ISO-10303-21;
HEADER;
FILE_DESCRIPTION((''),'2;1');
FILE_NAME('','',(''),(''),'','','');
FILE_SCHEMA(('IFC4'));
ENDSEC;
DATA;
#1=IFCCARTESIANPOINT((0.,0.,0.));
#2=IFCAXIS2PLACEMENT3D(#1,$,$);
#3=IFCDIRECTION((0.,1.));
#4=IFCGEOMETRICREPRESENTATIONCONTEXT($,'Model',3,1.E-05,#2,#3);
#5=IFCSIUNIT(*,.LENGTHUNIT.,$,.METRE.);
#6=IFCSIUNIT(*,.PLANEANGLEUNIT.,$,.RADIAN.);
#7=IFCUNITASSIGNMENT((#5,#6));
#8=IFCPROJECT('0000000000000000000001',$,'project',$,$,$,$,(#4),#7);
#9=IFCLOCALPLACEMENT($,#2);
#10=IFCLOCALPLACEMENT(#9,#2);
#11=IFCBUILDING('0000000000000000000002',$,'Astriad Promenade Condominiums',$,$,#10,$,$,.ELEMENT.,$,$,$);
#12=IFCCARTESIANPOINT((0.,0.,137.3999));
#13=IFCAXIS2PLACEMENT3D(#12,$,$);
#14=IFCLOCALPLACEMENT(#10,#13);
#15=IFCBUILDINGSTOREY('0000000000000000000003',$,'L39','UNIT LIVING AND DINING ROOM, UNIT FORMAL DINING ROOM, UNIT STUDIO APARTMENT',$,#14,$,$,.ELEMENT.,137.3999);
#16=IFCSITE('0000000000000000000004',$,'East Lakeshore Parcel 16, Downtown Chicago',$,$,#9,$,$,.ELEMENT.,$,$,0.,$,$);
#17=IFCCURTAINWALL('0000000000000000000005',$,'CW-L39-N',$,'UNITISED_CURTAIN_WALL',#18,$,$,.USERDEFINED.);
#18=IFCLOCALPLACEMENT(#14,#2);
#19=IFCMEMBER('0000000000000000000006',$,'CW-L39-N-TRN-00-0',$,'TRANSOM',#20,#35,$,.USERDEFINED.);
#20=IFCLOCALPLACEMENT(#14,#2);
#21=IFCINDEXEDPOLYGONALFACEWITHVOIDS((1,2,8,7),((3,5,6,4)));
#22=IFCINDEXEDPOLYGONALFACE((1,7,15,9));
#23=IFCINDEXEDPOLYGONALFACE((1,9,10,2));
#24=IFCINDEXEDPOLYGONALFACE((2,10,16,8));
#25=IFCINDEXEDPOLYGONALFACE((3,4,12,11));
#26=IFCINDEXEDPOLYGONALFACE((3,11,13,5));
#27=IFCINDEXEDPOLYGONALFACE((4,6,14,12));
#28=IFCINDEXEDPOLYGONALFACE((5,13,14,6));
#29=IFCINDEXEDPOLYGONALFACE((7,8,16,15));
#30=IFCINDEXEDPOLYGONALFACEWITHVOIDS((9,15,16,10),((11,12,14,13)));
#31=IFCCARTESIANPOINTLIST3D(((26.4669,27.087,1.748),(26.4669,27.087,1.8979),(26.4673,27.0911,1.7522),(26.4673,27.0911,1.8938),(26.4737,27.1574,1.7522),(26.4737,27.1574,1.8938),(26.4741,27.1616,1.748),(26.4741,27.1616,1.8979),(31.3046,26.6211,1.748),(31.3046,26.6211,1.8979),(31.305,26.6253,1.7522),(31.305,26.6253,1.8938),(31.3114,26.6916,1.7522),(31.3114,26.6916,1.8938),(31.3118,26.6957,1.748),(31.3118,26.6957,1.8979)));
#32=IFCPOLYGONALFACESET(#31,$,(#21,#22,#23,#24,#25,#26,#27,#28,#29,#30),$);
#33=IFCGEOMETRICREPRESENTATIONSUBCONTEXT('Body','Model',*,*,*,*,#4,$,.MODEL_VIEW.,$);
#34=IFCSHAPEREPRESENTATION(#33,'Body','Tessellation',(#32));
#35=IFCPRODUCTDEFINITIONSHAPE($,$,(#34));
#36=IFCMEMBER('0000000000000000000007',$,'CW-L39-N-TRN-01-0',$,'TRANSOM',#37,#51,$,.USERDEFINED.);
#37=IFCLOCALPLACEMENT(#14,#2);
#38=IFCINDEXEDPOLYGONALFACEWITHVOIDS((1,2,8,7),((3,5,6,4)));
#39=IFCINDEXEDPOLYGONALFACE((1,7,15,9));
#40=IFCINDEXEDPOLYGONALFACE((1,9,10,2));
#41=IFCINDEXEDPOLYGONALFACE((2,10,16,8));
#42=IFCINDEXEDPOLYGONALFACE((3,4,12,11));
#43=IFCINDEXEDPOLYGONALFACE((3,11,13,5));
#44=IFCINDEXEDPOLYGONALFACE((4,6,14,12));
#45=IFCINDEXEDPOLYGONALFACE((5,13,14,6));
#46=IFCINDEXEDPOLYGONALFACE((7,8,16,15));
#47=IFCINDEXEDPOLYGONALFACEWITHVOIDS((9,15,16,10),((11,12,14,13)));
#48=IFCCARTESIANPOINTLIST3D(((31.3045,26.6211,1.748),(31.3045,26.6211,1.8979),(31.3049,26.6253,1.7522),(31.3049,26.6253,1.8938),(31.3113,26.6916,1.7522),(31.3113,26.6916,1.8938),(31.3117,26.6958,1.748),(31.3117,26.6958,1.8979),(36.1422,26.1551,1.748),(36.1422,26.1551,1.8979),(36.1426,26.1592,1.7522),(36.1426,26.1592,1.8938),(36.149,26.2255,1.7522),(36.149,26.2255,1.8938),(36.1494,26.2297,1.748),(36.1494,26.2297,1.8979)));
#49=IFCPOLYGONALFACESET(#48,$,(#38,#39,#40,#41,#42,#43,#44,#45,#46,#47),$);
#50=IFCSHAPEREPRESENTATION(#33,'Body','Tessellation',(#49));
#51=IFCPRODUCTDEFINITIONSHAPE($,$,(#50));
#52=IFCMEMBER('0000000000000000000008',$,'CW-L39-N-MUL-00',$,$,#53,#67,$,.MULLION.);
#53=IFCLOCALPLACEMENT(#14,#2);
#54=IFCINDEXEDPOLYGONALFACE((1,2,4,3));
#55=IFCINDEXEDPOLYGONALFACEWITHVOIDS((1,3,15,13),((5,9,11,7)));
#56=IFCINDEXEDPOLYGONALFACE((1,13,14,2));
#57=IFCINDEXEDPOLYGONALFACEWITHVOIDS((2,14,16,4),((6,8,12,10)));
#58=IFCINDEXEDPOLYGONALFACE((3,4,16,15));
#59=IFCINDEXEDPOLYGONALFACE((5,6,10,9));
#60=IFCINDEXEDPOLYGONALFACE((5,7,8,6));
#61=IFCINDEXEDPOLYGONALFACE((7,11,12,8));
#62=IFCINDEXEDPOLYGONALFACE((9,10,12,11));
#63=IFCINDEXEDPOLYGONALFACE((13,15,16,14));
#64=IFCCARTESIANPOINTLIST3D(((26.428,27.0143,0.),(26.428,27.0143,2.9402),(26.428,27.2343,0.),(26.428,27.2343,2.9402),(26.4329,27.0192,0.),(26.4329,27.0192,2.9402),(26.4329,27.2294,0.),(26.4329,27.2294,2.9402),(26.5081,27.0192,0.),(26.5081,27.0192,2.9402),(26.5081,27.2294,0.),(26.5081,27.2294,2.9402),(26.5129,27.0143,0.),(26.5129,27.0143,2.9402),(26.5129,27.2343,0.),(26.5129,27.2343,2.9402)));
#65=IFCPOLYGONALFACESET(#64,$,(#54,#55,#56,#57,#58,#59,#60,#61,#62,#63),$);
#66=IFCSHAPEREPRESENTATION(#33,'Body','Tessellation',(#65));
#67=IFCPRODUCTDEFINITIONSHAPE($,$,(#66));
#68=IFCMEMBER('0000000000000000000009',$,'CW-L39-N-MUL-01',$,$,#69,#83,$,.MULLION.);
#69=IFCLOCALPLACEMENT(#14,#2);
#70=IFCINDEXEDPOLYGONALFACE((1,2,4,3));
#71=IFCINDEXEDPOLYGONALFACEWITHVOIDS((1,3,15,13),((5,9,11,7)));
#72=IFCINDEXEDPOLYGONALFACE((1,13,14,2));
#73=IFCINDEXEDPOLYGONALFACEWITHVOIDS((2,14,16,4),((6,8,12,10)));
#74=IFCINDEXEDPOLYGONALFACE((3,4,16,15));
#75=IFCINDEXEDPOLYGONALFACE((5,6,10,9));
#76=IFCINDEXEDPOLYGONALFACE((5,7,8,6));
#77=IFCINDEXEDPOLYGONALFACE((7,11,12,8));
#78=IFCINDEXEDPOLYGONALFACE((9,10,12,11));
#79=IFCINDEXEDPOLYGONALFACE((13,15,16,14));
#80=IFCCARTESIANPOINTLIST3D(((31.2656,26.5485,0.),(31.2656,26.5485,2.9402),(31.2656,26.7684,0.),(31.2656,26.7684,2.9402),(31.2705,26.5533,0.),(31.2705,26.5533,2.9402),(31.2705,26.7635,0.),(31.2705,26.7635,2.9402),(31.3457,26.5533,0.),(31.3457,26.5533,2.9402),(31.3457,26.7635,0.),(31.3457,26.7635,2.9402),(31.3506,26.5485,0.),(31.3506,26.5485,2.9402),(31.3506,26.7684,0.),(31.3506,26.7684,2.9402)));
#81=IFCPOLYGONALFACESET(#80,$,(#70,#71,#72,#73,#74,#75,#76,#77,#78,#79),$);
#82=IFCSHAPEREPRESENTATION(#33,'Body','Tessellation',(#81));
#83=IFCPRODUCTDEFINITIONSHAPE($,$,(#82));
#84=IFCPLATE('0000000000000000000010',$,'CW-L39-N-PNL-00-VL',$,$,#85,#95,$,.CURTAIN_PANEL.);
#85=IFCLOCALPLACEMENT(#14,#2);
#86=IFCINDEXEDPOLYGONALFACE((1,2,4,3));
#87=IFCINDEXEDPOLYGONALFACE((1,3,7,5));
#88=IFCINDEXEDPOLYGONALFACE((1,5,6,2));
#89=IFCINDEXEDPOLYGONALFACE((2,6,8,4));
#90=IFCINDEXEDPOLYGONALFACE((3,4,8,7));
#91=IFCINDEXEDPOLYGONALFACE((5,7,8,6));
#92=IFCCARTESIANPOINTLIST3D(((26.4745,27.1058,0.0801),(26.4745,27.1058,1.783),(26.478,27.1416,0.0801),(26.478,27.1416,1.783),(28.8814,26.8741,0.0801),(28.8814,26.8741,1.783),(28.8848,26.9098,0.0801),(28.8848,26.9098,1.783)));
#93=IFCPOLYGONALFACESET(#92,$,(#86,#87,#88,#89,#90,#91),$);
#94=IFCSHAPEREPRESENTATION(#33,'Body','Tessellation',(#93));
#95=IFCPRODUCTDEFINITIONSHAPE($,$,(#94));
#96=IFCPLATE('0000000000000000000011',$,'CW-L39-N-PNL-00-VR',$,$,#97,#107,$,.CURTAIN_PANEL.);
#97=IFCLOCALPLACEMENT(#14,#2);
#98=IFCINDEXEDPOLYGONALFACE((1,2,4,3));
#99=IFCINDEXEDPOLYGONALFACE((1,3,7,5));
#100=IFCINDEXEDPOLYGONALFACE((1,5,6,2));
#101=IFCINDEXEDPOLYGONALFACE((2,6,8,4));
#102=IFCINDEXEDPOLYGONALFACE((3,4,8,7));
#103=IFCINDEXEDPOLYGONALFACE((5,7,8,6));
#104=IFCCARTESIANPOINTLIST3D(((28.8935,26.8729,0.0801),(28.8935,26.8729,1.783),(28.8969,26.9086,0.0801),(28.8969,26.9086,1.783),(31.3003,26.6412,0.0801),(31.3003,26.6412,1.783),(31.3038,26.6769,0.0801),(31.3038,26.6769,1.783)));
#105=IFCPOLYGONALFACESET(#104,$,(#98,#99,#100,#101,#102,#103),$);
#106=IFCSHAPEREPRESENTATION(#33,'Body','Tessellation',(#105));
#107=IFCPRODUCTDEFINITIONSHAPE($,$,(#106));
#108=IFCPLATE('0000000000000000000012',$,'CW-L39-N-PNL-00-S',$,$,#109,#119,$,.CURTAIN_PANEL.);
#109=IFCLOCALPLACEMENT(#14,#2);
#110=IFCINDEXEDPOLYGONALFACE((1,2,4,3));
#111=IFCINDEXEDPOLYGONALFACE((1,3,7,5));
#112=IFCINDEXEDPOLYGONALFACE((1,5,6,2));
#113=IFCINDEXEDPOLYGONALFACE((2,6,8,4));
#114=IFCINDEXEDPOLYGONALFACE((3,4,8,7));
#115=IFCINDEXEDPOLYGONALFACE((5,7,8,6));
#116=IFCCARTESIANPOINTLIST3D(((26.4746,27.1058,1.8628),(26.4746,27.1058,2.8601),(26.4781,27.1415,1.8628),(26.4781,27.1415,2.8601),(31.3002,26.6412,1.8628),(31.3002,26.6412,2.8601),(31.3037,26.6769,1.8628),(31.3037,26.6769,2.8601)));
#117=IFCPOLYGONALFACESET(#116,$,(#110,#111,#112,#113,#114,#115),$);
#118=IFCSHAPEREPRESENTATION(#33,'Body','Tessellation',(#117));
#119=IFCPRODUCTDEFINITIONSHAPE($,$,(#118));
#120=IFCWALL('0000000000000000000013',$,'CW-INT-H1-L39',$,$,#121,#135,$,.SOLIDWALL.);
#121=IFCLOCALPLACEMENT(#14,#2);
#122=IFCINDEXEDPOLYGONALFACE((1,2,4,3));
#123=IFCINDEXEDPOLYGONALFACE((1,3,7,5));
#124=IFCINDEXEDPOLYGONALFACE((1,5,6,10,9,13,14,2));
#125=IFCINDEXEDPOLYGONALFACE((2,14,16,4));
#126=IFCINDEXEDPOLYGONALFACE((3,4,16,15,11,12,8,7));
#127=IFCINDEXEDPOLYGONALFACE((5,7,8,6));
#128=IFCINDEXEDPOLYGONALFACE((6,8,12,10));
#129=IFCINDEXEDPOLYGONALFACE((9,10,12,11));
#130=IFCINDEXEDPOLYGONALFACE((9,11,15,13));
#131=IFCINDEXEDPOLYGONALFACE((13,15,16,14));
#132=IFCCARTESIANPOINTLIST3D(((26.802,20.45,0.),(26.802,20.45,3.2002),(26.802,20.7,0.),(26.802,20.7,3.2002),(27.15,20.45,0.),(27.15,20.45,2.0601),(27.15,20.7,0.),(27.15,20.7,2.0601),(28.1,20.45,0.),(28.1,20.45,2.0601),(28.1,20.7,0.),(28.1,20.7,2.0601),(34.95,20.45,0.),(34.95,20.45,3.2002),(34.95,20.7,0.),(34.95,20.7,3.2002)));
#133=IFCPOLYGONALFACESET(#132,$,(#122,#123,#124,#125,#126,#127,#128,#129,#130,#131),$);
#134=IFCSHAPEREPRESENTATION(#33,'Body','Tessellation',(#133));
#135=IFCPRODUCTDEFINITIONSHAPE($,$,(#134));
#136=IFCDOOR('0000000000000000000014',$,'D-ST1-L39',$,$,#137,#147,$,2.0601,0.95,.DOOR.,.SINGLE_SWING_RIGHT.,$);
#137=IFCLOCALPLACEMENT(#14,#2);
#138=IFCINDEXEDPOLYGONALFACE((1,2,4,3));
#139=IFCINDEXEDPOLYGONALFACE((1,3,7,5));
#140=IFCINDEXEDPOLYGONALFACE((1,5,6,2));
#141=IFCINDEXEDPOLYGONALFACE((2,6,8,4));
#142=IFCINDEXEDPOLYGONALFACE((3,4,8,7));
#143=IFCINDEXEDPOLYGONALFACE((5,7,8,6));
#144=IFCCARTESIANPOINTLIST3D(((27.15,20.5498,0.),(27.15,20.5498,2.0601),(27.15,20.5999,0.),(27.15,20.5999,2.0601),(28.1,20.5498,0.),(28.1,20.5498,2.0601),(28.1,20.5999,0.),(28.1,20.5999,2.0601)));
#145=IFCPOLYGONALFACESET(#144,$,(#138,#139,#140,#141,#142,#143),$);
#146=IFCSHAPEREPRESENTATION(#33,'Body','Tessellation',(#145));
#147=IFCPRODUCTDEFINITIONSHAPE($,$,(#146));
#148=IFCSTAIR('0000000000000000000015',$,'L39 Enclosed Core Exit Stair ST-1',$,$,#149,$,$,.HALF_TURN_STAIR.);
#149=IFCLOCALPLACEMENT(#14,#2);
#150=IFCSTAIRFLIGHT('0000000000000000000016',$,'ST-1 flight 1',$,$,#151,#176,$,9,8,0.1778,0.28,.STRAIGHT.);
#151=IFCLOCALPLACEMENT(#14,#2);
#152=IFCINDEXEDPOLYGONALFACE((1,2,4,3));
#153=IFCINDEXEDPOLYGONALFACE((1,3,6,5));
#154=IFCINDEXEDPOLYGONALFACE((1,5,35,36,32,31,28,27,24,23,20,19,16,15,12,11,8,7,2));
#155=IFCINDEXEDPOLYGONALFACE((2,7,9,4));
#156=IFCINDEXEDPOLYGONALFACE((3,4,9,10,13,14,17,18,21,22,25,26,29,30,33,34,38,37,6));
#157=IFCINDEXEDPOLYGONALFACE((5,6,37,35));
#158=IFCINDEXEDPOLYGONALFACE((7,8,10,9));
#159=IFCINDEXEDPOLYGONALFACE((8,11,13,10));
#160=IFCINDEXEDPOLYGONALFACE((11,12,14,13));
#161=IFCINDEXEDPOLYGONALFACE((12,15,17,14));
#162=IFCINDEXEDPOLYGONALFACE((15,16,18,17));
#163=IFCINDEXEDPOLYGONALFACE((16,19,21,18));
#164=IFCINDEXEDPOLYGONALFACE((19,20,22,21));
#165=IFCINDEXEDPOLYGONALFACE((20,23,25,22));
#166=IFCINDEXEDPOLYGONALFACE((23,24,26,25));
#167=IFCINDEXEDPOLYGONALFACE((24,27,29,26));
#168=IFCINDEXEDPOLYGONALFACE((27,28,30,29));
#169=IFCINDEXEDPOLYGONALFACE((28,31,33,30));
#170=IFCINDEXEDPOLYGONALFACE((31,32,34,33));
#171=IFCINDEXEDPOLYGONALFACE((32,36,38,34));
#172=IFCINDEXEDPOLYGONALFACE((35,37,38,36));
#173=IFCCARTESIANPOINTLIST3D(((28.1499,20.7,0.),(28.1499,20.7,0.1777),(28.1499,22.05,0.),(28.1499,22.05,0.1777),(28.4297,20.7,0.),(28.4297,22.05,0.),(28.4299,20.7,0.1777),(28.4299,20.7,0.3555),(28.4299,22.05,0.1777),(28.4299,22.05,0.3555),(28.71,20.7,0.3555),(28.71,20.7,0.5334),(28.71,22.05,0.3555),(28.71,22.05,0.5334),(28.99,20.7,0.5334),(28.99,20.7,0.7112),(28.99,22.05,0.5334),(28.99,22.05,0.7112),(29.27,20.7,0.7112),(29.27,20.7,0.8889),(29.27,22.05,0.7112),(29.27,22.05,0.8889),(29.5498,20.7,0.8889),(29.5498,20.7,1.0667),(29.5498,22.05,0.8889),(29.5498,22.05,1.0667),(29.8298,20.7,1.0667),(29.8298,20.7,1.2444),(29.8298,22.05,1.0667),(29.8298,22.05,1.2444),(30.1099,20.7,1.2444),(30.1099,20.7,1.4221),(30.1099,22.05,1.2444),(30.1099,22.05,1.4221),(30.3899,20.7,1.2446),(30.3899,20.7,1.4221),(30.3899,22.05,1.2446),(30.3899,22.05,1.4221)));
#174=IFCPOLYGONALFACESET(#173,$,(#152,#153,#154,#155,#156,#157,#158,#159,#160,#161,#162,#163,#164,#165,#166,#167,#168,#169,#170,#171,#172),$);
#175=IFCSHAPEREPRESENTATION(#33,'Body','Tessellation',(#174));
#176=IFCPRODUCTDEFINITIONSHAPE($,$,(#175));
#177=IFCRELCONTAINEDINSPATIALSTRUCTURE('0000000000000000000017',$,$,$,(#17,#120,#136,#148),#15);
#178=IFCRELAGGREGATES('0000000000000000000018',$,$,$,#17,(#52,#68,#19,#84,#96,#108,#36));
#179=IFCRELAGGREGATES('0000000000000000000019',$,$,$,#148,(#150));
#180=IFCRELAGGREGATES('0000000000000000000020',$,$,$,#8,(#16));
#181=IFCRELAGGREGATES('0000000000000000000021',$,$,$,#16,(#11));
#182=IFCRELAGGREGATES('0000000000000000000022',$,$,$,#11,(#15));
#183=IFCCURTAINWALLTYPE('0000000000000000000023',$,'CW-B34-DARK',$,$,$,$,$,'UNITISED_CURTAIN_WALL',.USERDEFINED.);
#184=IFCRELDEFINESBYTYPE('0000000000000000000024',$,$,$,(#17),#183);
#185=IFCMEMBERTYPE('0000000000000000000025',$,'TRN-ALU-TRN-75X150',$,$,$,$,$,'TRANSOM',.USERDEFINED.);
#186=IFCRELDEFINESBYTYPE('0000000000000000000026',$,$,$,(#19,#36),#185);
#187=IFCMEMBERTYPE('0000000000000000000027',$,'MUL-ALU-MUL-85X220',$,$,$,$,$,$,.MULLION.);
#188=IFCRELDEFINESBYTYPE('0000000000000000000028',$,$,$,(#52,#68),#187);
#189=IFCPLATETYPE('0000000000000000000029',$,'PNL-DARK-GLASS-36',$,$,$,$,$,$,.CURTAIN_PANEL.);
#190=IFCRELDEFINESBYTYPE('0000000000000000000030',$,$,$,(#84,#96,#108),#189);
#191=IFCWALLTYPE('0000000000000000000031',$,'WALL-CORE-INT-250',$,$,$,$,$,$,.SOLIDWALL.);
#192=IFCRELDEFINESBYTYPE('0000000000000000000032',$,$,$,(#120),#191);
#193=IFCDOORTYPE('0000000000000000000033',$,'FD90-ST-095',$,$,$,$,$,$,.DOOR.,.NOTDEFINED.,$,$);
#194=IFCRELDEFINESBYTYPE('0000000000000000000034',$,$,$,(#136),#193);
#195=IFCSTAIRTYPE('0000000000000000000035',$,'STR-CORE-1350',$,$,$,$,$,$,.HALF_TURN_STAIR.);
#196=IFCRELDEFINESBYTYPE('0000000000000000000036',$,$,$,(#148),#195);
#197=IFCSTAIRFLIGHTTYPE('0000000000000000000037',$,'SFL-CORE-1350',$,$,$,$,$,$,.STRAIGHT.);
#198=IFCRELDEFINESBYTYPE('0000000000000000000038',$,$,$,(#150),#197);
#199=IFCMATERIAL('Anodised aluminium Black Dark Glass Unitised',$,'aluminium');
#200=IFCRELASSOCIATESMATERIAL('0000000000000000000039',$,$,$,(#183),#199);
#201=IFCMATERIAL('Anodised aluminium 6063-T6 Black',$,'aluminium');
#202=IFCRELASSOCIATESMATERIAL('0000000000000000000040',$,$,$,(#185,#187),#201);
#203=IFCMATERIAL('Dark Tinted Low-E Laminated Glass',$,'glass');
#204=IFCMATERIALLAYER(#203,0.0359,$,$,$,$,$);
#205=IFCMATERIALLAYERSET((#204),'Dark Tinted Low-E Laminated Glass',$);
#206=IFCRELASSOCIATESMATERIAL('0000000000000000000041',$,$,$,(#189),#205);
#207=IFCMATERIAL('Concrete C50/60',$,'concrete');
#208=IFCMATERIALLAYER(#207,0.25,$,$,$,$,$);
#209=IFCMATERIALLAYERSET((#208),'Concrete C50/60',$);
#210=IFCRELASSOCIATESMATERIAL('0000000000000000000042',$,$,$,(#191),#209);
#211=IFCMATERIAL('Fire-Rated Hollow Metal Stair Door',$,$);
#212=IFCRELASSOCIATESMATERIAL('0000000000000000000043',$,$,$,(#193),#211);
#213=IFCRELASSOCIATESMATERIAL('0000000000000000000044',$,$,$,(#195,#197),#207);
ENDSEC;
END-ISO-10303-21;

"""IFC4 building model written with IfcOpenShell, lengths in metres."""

from ifc_helpers import new_model, si_unit, direction, frame, frame_2d, origin, origin_2d, place, context, subcontext, project, spatial, polyline, rectangle, hollow_rectangle, outline, extrude, source, transform, mapped, material, layer, layer_set, material_profile, profile_set, type_object, type_shapes, element, fill, aggregate, save


model = new_model("IFC4")

# Units and contexts
model_context = context("Model", 3, precision=1e-05, world=origin(), true_north=direction((0.0, 1.0)))
body_context = subcontext(model_context, "Body", "Model", "MODEL_VIEW")
ifc_project = project(units=[si_unit("LENGTHUNIT", "METRE"), si_unit("PLANEANGLEUNIT", "RADIAN")], contexts=[model_context])

# Site, building, storey
site_placement = place(None, origin())
site = spatial("IfcSite", under=ifc_project, at=site_placement, Name="East Lakeshore Parcel 16, Downtown Chicago", CompositionType="ELEMENT", RefElevation=0.0)
building_placement = place(site_placement, origin())
building = spatial("IfcBuilding", under=site, at=building_placement, Name="Astriad Promenade Condominiums", CompositionType="ELEMENT")
storey_placement = place(building_placement, frame((0.0, 0.0, 137.3999)))
storey = spatial("IfcBuildingStorey", under=building, at=storey_placement, Name="L39", Description="UNIT LIVING AND DINING ROOM, UNIT FORMAL DINING ROOM, UNIT STUDIO APARTMENT", CompositionType="ELEMENT", Elevation=137.3999)

# Curtain wall, members, plates
ifc_material_1 = material(Name="Anodised aluminium Black Dark Glass Unitised", Category="aluminium")
curtain_wall_type = type_object("IfcCurtainWallType", Name="CW-B34-DARK", ElementType="UNITISED_CURTAIN_WALL", PredefinedType="USERDEFINED", material=ifc_material_1)
curtain_wall_placement = place(storey_placement, origin())
curtain_wall = element("IfcCurtainWall", 1, at=curtain_wall_placement, inside=storey, type_object=curtain_wall_type, Name="CW-L39-N", ObjectType="UNITISED_CURTAIN_WALL", PredefinedType="USERDEFINED")
ifc_material_2 = material(Name="Anodised aluminium 6063-T6 Black", Category="aluminium")
ifc_material_profile_1 = material_profile(ifc_material_2, hollow_rectangle(XDim=0.075, YDim=0.1499, WallThickness=0.0042, at=origin_2d()), Name="ALU-TRN-75X150")
ifc_profile_set_1 = profile_set([ifc_material_profile_1], Name="Anodised aluminium 6063-T6 Black")
member_type_1 = type_object("IfcMemberType", Name="TRN-ALU-TRN-75X150", ElementType="TRANSOM", PredefinedType="USERDEFINED", material=ifc_profile_set_1)
shared_shape_1 = source(origin(), body_context, "Body", "SweptSolid", [
    extrude(hollow_rectangle(XDim=0.075, YDim=0.1499, WallThickness=0.0042, at=origin_2d()), origin(), (0.0, 0.0, 1.0), 4.8601),
])
type_shapes(member_type_1, [shared_shape_1])
member_1_placement = place(storey_placement, frame((26.4705, 27.1243, 1.823), z_axis=(0.995396, -0.095847, 0.0), x_axis=(0.095847, 0.995396, 0.0)))
member_1 = element("IfcMember", 2, at=member_1_placement, type_object=member_type_1, Name="CW-L39-N-TRN-00-0", ObjectType="TRANSOM", PredefinedType="USERDEFINED", context=body_context, shape_type="MappedRepresentation", body=[
    mapped(shared_shape_1, transform((0.0, 0.0, 0.0), scale=1.0)),
])
member_2_placement = place(storey_placement, frame((31.3081, 26.6584, 1.823), z_axis=(0.995391, -0.095897, 0.0), x_axis=(0.095897, 0.995391, 0.0)))
member_2 = element("IfcMember", 3, at=member_2_placement, type_object=member_type_1, Name="CW-L39-N-TRN-01-0", ObjectType="TRANSOM", PredefinedType="USERDEFINED", context=body_context, shape_type="MappedRepresentation", body=[
    mapped(shared_shape_1, transform((0.0, 0.0, 0.0), scale=1.0)),
])
ifc_material_profile_2 = material_profile(ifc_material_2, hollow_rectangle(XDim=0.085, YDim=0.22, WallThickness=0.0049, at=origin_2d()), Name="ALU-MUL-85X220")
ifc_profile_set_2 = profile_set([ifc_material_profile_2], Name="Anodised aluminium 6063-T6 Black")
member_type_2 = type_object("IfcMemberType", Name="MUL-ALU-MUL-85X220", PredefinedType="MULLION", material=ifc_profile_set_2)
shared_shape_2 = source(origin(), body_context, "Body", "SweptSolid", [
    extrude(hollow_rectangle(XDim=0.085, YDim=0.22, WallThickness=0.0049, at=origin_2d()), origin(), (0.0, 0.0, 1.0), 2.9402),
])
type_shapes(member_type_2, [shared_shape_2])
member_3_placement = place(storey_placement, frame((26.4705, 27.1243, 0.0), z_axis=(0.0, 0.0, 1.0), x_axis=(1.0, 0.0, 0.0)))
member_3 = element("IfcMember", 4, at=member_3_placement, type_object=member_type_2, Name="CW-L39-N-MUL-00", PredefinedType="MULLION", context=body_context, shape_type="MappedRepresentation", body=[
    mapped(shared_shape_2, transform((0.0, 0.0, 0.0), scale=1.0)),
])
member_4_placement = place(storey_placement, frame((31.3081, 26.6584, 0.0), z_axis=(0.0, 0.0, 1.0), x_axis=(1.0, 0.0, 0.0)))
member_4 = element("IfcMember", 5, at=member_4_placement, type_object=member_type_2, Name="CW-L39-N-MUL-01", PredefinedType="MULLION", context=body_context, shape_type="MappedRepresentation", body=[
    mapped(shared_shape_2, transform((0.0, 0.0, 0.0), scale=1.0)),
])
ifc_material_3 = material(Name="Dark Tinted Low-E Laminated Glass", Category="glass")
ifc_layer_1 = layer(ifc_material_3, 0.0359)
ifc_layer_set_1 = layer_set([ifc_layer_1], Name="Dark Tinted Low-E Laminated Glass")
plate_type = type_object("IfcPlateType", Name="PNL-DARK-GLASS-36", PredefinedType="CURTAIN_PANEL", material=ifc_layer_set_1)
shared_shape_3 = source(origin(), body_context, "Body", "SweptSolid", [
    extrude(rectangle(XDim=2.418, YDim=0.0359, at=origin_2d()), origin(), (0.0, 0.0, 1.0), 1.7029),
])
plate_1_placement = place(storey_placement, frame((27.6797, 27.0078, 0.0801), z_axis=(0.0, 0.0, 1.0), x_axis=(0.995396, -0.095846, 0.0)))
plate_1 = element("IfcPlate", 6, at=plate_1_placement, type_object=plate_type, Name="CW-L39-N-PNL-00-VL", PredefinedType="CURTAIN_PANEL", context=body_context, shape_type="MappedRepresentation", body=[
    mapped(shared_shape_3, transform((0.0, 0.0, 0.0), scale=1.0)),
])
plate_2_placement = place(storey_placement, frame((30.0986, 26.7749, 0.0801), z_axis=(0.0, 0.0, 1.0), x_axis=(0.995396, -0.095846, 0.0)))
plate_2 = element("IfcPlate", 7, at=plate_2_placement, type_object=plate_type, Name="CW-L39-N-PNL-00-VR", PredefinedType="CURTAIN_PANEL", context=body_context, shape_type="MappedRepresentation", body=[
    mapped(shared_shape_3, transform((0.0, 0.0, 0.0), scale=1.0)),
])
shared_shape_4 = source(origin(), body_context, "Body", "SweptSolid", [
    extrude(rectangle(XDim=4.8479, YDim=0.0359, at=origin_2d()), origin(), (0.0, 0.0, 1.0), 0.9973),
])
type_shapes(plate_type, [shared_shape_3, shared_shape_4])
plate_3_placement = place(storey_placement, frame((28.8892, 26.8914, 1.8628), z_axis=(0.0, 0.0, 1.0), x_axis=(0.995396, -0.095846, 0.0)))
plate_3 = element("IfcPlate", 8, at=plate_3_placement, type_object=plate_type, Name="CW-L39-N-PNL-00-S", PredefinedType="CURTAIN_PANEL", context=body_context, shape_type="MappedRepresentation", body=[
    mapped(shared_shape_4, transform((0.0, 0.0, 0.0), scale=1.0)),
])
aggregate(curtain_wall, [member_3, member_4, member_1, plate_1, plate_2, plate_3, member_2])

# Wall, opening, door
ifc_material_4 = material(Name="Concrete C50/60", Category="concrete")
ifc_layer_2 = layer(ifc_material_4, 0.25)
ifc_layer_set_2 = layer_set([ifc_layer_2], Name="Concrete C50/60")
wall_type = type_object("IfcWallType", Name="WALL-CORE-INT-250", PredefinedType="SOLIDWALL", material=ifc_layer_set_2)
wall_placement = place(storey_placement, frame((26.802, 20.575, 0.0), z_axis=(0.0, 0.0, 1.0), x_axis=(1.0, 0.0, 0.0)))
wall = element("IfcWall", 9, at=wall_placement, inside=storey, type_object=wall_type, Name="CW-INT-H1-L39", PredefinedType="SOLIDWALL", context=body_context, shape_type="SweptSolid", body=[
    extrude(rectangle(XDim=8.1479, YDim=0.25, at=frame_2d((4.074, 0.0))), origin(), (0.0, 0.0, 1.0), 3.2002),
])
opening_placement = place(wall_placement, frame((0.3479, 0.0, 0.0)))
opening = element("IfcOpeningElement", 10, at=opening_placement, cuts=wall, PredefinedType="OPENING", context=body_context, shape_type="SweptSolid", body=[
    extrude(rectangle(XDim=0.95, YDim=2.0601, at=frame_2d((0.4751, 1.03))), frame((0.0, 0.135, 0.0), z_axis=(0.0, -1.0, 0.0), x_axis=(1.0, 0.0, 0.0)), (0.0, 0.0, 1.0), 0.27),
])
ifc_material_5 = material(Name="Fire-Rated Hollow Metal Stair Door")
door_type = type_object("IfcDoorType", Name="FD90-ST-095", OperationType="NOTDEFINED", PredefinedType="DOOR", material=ifc_material_5)
shared_shape_5 = source(origin(), body_context, "Body", "SweptSolid", [
    extrude(rectangle(XDim=0.95, YDim=2.0601, at=frame_2d((0.4751, 1.03))), frame((0.0, 0.0249, 0.0), z_axis=(0.0, -1.0, 0.0), x_axis=(1.0, 0.0, 0.0)), (0.0, 0.0, 1.0), 0.05),
])
type_shapes(door_type, [shared_shape_5])
door_placement = place(opening_placement, origin())
door = element("IfcDoor", 11, at=door_placement, inside=storey, type_object=door_type, Name="D-ST1-L39", OperationType="SINGLE_SWING_RIGHT", OverallHeight=2.0601, OverallWidth=0.95, PredefinedType="DOOR", context=body_context, shape_type="MappedRepresentation", body=[
    mapped(shared_shape_5, transform((0.0, 0.0, 0.0), scale=1.0)),
])
fill(opening, door)

# Stair, stair flight
stair_type = type_object("IfcStairType", Name="STR-CORE-1350", PredefinedType="HALF_TURN_STAIR", material=ifc_material_4)
stair_placement = place(storey_placement, origin())
stair = element("IfcStair", 12, at=stair_placement, inside=storey, type_object=stair_type, Name="L39 Enclosed Core Exit Stair ST-1", PredefinedType="HALF_TURN_STAIR")
stair_flight_type = type_object("IfcStairFlightType", Name="SFL-CORE-1350", PredefinedType="STRAIGHT", material=ifc_material_4)
shared_shape_6 = source(origin(), body_context, "Body", "SweptSolid", [
    extrude(outline(polyline([(0.0, 0.0), (0.0, 0.1777), (0.28, 0.1777), (0.28, 0.3555), (0.5601, 0.3555), (0.5601, 0.5334), (0.8401, 0.5334), (0.8401, 0.7112), (1.1201, 0.7112), (1.1201, 0.8889), (1.3999, 0.8889), (1.3999, 1.0667), (1.6799, 1.0667), (1.6799, 1.2444), (1.96, 1.2444), (1.96, 1.4221), (2.24, 1.4221), (2.24, 1.6001), (2.24, 1.2446), (0.2798, 0.0), (0.0, 0.0)])), frame((0.0, 0.675, 0.0), z_axis=(0.0, -1.0, 0.0), x_axis=(1.0, 0.0, 0.0)), (0.0, 0.0, 1.0), 1.3501),
])
type_shapes(stair_flight_type, [shared_shape_6])
stair_flight_1_placement = place(storey_placement, frame((28.1499, 21.375, 0.0), z_axis=(0.0, 0.0, 1.0), x_axis=(1.0, 0.0, 0.0)))
stair_flight_1 = element("IfcStairFlight", 13, at=stair_flight_1_placement, type_object=stair_flight_type, Name="ST-1 flight 1", NumberOfRisers=9, NumberOfTreads=8, PredefinedType="STRAIGHT", RiserHeight=0.1778, TreadLength=0.28, context=body_context, shape_type="MappedRepresentation", body=[
    mapped(shared_shape_6, transform((0.0, 0.0, 0.0), scale=1.0)),
])
aggregate(stair, [stair_flight_1])

save(model, "model.ifc")
